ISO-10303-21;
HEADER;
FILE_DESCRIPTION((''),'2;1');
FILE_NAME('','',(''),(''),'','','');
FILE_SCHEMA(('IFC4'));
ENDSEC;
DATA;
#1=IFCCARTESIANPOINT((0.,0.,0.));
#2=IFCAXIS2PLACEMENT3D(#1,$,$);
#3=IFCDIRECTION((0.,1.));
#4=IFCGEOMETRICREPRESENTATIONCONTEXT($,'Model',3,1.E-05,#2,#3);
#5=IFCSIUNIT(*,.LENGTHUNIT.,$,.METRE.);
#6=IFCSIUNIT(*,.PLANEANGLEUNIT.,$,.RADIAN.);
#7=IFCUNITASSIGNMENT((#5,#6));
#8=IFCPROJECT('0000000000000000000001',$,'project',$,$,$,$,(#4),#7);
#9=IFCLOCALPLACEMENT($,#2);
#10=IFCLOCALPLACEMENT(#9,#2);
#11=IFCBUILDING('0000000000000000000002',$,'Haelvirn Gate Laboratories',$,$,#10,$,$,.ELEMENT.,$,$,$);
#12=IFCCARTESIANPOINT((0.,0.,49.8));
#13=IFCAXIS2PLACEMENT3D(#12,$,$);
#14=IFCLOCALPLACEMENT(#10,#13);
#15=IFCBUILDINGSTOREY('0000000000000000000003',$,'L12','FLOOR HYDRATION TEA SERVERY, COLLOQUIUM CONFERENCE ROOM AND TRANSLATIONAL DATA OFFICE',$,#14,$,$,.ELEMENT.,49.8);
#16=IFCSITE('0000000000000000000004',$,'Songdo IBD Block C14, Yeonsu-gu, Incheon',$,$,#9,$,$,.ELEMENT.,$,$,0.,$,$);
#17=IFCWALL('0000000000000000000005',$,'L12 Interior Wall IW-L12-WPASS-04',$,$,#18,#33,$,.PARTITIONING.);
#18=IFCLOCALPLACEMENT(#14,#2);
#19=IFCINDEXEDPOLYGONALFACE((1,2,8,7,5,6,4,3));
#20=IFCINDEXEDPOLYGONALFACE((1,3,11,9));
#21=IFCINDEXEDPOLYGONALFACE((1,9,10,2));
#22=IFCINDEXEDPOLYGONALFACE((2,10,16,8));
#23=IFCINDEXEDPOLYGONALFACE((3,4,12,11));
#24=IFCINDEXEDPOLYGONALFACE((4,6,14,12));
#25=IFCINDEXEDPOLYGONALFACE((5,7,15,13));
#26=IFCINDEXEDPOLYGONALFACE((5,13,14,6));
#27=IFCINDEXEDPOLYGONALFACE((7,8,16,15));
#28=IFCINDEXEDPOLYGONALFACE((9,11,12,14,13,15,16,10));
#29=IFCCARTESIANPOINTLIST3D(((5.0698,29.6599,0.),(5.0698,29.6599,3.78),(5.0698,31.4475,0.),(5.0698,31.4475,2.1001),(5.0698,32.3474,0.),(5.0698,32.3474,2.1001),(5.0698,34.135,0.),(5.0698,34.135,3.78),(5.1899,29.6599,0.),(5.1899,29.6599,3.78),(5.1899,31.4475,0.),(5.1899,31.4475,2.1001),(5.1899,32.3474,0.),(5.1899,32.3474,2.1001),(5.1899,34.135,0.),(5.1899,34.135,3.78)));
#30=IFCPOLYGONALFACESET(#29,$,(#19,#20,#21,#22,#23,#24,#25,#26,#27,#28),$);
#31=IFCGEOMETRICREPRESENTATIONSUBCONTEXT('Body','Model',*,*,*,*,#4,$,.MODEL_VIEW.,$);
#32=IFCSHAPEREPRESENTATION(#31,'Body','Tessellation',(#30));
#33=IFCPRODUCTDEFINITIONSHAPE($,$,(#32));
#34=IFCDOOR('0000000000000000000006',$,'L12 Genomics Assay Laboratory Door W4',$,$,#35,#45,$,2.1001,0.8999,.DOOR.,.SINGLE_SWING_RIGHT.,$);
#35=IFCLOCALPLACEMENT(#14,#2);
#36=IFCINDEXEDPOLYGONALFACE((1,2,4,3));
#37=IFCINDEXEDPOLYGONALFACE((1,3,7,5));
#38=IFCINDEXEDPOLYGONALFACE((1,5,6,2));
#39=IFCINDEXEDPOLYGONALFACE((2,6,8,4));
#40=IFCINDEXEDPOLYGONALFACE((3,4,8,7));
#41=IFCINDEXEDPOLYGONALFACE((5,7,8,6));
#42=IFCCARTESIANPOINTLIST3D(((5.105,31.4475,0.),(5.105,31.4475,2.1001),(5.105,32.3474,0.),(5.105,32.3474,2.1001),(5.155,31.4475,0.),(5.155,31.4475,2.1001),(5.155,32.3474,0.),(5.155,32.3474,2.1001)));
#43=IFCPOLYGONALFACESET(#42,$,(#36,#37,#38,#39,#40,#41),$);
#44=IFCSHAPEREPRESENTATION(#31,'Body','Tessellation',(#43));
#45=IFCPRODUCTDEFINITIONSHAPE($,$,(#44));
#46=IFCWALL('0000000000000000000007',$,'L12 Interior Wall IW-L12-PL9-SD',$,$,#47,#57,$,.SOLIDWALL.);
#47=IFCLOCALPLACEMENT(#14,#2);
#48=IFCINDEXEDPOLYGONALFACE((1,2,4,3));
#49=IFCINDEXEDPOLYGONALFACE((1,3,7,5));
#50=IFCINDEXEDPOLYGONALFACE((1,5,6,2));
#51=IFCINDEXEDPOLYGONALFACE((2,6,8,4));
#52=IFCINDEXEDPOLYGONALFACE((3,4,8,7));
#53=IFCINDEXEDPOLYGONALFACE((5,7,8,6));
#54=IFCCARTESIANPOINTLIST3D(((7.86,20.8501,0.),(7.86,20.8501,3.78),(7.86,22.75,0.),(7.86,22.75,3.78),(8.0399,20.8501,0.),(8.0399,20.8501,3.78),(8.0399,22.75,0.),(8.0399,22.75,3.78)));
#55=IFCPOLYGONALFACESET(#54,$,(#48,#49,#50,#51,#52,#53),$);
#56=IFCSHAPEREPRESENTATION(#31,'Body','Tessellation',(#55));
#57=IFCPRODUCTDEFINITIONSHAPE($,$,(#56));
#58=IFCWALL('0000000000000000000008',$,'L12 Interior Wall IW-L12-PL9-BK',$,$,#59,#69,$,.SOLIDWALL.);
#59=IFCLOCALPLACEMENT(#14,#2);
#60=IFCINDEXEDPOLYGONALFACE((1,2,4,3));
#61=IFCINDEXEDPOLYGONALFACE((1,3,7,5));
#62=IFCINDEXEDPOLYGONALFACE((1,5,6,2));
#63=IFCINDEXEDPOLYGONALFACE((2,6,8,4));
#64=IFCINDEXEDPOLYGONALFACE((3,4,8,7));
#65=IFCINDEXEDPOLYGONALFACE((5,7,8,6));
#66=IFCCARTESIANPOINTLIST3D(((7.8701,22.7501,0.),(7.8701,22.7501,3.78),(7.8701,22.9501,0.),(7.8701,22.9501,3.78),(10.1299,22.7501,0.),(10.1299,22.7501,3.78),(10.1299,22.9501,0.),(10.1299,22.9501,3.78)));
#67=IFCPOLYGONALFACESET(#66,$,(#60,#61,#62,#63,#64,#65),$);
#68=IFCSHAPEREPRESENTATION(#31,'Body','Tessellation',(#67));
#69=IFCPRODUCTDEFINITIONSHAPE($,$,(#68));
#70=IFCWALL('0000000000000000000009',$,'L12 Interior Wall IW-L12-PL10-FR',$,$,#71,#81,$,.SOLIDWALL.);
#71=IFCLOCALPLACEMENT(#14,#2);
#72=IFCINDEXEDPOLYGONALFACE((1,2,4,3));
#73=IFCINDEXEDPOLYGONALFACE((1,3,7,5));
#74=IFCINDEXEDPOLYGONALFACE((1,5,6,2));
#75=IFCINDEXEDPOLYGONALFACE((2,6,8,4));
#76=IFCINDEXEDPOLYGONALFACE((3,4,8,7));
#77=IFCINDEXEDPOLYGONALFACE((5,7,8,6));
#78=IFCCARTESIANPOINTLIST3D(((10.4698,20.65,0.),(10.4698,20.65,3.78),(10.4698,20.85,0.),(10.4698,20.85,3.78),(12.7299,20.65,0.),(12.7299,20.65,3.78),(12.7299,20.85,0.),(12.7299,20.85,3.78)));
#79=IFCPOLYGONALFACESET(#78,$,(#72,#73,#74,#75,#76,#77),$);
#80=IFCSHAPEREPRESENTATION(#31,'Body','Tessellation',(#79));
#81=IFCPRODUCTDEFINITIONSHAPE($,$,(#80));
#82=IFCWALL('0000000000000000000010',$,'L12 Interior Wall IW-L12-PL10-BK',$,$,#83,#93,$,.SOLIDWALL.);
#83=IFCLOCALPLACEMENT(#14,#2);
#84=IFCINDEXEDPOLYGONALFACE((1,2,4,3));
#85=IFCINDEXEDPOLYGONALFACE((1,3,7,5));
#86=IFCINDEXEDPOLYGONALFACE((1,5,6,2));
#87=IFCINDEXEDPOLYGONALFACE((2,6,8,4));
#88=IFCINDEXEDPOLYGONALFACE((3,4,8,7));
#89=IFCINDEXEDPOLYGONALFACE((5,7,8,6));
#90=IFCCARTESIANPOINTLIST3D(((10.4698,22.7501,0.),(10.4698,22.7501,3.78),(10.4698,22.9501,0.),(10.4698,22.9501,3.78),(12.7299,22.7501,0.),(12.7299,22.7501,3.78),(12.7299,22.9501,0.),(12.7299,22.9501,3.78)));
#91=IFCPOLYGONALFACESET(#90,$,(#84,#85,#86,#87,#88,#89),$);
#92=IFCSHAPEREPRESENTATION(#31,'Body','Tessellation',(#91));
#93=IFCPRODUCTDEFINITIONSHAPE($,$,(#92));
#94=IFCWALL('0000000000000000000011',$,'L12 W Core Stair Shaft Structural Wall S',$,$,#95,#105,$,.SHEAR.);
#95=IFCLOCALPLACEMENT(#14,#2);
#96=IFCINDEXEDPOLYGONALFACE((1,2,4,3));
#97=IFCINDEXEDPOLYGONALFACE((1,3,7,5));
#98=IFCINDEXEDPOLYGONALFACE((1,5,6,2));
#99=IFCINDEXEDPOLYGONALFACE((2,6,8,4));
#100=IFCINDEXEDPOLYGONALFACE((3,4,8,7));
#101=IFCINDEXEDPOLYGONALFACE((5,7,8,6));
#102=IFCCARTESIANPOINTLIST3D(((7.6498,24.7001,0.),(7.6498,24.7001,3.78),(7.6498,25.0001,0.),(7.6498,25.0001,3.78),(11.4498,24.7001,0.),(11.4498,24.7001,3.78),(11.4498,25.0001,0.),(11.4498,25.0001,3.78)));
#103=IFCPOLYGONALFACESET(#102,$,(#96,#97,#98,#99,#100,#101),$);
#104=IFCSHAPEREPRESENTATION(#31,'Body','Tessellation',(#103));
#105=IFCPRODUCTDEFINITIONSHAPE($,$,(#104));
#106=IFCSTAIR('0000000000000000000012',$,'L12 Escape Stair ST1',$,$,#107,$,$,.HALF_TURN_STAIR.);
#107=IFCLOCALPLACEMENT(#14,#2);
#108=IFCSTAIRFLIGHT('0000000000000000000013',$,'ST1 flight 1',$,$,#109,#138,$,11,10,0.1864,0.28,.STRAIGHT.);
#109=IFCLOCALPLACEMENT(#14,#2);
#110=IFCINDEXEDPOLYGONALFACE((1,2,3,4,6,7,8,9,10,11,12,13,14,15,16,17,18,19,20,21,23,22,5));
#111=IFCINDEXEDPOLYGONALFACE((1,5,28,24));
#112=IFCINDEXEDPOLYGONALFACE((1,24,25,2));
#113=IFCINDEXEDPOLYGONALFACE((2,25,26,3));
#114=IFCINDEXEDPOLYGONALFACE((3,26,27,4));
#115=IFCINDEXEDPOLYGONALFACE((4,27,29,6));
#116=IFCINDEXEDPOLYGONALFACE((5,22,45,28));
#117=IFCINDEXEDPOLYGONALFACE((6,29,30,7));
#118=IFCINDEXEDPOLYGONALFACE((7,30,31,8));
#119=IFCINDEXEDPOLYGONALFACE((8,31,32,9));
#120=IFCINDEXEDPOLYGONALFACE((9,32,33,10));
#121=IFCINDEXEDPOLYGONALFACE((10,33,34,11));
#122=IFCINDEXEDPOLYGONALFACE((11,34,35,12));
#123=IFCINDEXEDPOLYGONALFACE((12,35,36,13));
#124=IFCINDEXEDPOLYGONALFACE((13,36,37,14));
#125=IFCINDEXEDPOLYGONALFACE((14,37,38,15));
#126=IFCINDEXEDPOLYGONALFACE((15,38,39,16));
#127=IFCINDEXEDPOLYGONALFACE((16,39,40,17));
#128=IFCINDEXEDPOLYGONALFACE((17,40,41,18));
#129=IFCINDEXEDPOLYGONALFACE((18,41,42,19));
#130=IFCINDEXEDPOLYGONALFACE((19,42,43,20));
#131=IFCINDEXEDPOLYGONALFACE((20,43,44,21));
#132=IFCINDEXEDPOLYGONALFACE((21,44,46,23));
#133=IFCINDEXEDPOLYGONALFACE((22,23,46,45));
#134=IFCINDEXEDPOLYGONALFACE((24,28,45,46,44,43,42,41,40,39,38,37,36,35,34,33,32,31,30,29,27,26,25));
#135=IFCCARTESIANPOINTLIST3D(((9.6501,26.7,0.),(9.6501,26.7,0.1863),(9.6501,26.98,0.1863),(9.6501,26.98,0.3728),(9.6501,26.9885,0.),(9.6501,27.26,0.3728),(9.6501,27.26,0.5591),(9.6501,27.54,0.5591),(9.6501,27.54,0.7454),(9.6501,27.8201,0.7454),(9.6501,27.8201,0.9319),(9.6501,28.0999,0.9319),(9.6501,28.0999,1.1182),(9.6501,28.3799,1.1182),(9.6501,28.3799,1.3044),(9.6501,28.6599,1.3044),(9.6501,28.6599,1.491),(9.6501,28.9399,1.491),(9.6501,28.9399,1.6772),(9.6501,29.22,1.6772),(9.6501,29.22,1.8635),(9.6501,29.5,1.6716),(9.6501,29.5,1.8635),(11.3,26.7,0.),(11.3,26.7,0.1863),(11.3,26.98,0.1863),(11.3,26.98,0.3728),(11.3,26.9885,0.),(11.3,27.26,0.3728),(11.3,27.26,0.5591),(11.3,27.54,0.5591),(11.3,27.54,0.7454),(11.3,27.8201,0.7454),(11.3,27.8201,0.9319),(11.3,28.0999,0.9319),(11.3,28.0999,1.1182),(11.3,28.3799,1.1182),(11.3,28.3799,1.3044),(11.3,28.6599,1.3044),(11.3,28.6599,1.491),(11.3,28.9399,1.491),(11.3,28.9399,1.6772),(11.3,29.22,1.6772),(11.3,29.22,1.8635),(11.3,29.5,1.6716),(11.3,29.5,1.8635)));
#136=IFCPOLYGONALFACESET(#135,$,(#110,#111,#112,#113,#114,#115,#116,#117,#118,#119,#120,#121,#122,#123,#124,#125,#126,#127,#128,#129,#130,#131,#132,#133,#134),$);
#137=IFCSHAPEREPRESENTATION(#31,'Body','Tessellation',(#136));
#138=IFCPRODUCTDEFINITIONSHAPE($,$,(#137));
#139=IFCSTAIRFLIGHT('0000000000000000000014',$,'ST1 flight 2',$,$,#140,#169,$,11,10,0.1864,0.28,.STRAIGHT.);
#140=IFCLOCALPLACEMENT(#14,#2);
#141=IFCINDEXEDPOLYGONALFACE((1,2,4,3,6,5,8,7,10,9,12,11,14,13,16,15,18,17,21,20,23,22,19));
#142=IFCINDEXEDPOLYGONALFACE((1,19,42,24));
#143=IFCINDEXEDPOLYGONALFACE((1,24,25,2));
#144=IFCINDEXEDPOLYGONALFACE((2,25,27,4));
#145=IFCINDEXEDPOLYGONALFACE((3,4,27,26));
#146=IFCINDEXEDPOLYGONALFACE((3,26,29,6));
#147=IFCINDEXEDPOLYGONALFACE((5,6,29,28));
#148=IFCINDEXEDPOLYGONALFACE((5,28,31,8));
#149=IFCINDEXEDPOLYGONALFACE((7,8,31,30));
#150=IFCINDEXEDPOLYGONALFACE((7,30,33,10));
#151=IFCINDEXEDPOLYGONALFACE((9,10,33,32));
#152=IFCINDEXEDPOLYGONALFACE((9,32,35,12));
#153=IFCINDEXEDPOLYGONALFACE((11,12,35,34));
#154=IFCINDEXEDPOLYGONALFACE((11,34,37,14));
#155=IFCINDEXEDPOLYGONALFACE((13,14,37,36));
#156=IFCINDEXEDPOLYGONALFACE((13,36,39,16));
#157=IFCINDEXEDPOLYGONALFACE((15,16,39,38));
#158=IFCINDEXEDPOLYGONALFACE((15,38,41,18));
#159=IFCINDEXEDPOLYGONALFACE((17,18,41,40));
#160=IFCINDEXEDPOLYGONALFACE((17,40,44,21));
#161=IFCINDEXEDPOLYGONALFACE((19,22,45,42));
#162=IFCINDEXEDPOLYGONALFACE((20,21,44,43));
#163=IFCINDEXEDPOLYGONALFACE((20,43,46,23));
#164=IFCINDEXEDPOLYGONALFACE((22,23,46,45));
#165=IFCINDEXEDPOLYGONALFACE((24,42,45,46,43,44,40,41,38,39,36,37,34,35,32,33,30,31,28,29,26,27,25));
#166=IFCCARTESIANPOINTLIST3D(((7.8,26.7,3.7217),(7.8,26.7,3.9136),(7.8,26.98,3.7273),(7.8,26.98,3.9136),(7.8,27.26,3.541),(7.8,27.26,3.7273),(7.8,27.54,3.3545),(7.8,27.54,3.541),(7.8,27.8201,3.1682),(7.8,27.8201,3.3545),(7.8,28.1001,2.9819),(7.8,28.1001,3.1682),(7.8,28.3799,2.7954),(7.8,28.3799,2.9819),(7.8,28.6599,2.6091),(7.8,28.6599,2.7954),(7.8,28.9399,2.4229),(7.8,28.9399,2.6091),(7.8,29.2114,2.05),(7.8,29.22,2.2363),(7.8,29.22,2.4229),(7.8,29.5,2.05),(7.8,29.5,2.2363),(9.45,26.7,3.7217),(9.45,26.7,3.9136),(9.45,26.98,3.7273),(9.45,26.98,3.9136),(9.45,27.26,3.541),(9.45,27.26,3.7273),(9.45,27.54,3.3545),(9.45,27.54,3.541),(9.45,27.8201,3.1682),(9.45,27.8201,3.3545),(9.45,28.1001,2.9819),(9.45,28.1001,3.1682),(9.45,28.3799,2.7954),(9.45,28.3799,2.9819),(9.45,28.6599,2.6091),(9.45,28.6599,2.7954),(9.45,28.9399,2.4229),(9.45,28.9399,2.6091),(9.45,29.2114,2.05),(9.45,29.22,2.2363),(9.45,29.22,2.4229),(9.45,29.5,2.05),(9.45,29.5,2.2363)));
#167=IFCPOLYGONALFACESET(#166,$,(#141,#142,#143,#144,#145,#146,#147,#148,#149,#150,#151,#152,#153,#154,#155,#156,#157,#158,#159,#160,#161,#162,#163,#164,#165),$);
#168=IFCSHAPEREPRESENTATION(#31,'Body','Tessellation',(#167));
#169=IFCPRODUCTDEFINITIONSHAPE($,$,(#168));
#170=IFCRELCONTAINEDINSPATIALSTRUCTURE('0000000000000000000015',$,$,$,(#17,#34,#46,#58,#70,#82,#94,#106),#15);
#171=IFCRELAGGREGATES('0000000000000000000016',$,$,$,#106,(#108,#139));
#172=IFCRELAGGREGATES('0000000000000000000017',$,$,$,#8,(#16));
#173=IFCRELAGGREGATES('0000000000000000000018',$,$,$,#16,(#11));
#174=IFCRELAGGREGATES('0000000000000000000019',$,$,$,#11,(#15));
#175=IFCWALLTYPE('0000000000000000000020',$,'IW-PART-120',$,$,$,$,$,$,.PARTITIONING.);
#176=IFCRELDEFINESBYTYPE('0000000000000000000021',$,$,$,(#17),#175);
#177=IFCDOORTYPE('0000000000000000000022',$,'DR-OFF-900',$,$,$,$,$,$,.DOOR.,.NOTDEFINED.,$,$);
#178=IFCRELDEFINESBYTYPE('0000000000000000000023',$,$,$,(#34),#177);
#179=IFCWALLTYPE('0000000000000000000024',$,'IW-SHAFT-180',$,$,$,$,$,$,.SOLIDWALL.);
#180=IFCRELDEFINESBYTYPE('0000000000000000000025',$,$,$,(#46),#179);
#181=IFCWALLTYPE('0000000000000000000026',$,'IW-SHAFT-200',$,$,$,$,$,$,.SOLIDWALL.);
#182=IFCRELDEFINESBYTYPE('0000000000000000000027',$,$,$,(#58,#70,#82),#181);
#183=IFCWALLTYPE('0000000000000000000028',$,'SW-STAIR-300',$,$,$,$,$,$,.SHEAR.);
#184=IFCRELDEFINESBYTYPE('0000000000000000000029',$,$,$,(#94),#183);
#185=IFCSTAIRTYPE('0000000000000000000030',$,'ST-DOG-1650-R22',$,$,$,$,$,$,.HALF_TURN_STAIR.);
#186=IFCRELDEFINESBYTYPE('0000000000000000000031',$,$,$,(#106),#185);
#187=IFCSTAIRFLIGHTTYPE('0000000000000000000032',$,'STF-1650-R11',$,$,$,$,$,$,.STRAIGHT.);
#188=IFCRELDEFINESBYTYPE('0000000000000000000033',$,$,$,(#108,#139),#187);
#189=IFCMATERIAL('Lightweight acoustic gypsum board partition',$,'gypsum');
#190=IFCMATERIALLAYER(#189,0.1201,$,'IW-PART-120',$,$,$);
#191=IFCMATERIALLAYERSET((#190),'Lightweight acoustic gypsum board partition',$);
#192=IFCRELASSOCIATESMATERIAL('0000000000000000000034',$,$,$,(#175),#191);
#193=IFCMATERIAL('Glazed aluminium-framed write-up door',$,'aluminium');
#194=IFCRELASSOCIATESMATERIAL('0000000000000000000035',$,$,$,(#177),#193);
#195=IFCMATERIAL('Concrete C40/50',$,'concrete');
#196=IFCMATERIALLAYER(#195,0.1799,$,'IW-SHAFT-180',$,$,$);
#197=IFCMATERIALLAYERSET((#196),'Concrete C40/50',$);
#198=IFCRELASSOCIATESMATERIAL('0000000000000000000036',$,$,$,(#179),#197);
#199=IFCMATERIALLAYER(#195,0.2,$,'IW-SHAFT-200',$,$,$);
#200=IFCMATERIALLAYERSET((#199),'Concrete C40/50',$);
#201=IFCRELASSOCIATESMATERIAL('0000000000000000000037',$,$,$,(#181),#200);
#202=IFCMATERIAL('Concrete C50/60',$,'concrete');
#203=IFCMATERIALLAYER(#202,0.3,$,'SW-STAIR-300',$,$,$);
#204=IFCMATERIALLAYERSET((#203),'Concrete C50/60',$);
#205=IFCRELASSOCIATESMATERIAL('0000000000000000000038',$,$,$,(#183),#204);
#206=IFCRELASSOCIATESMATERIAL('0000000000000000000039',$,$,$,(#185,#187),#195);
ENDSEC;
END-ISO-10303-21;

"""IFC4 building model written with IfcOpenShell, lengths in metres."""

from ifc_helpers import new_model, si_unit, direction, frame, frame_2d, origin, place, context, subcontext, project, spatial, polyline, rectangle, outline, extrude, source, transform, mapped, material, layer, layer_set, type_object, type_shapes, element, fill, aggregate, save


model = new_model("IFC4")

# Units and contexts
model_context = context("Model", 3, precision=1e-05, world=origin(), true_north=direction((0.0, 1.0)))
body_context = subcontext(model_context, "Body", "Model", "MODEL_VIEW")
ifc_project = project(units=[si_unit("LENGTHUNIT", "METRE"), si_unit("PLANEANGLEUNIT", "RADIAN")], contexts=[model_context])

# Site, building, storey
site_placement = place(None, origin())
site = spatial("IfcSite", under=ifc_project, at=site_placement, Name="Songdo IBD Block C14, Yeonsu-gu, Incheon", CompositionType="ELEMENT", RefElevation=0.0)
building_placement = place(site_placement, origin())
building = spatial("IfcBuilding", under=site, at=building_placement, Name="Haelvirn Gate Laboratories", CompositionType="ELEMENT")
storey_placement = place(building_placement, frame((0.0, 0.0, 49.8)))
storey = spatial("IfcBuildingStorey", under=building, at=storey_placement, Name="L12", Description="FLOOR HYDRATION TEA SERVERY, COLLOQUIUM CONFERENCE ROOM AND TRANSLATIONAL DATA OFFICE", CompositionType="ELEMENT", Elevation=49.8)

# Shared definitions
ifc_material_1 = material(Name="Lightweight acoustic gypsum board partition", Category="gypsum")
ifc_layer_1 = layer(ifc_material_1, 0.1201, Name="IW-PART-120")
ifc_layer_set_1 = layer_set([ifc_layer_1], Name="Lightweight acoustic gypsum board partition")
wall_type_1 = type_object("IfcWallType", Name="IW-PART-120", PredefinedType="PARTITIONING", material=ifc_layer_set_1)

# Shared definitions
ifc_material_2 = material(Name="Glazed aluminium-framed write-up door", Category="aluminium")
door_type = type_object("IfcDoorType", Name="DR-OFF-900", OperationType="NOTDEFINED", PredefinedType="DOOR", material=ifc_material_2)
shared_shape_1 = source(origin(), body_context, "Body", "SweptSolid", [
    extrude(rectangle(XDim=0.8999, YDim=2.1001, at=frame_2d((0.45, 1.05))), frame((0.0, 0.0249, 0.0), z_axis=(0.0, -1.0, 0.0), x_axis=(1.0, 0.0, 0.0)), (0.0, 0.0, 1.0), 0.05),
])
type_shapes(door_type, [shared_shape_1])

# Wall, opening, door
wall_1_placement = place(storey_placement, frame((5.1299, 29.6599, 0.0), z_axis=(0.0, 0.0, 1.0), x_axis=(0.0, 1.0, 0.0)))
wall_1 = element("IfcWall", 1, at=wall_1_placement, inside=storey, type_object=wall_type_1, Name="L12 Interior Wall IW-L12-WPASS-04", PredefinedType="PARTITIONING", context=body_context, shape_type="SweptSolid", body=[
    extrude(rectangle(XDim=4.4751, YDim=0.1201, at=frame_2d((2.2375, 0.0))), origin(), (0.0, 0.0, 1.0), 3.78),
])
opening_1_placement = place(wall_1_placement, frame((1.7876, 0.0, 0.0)))
opening_1 = element("IfcOpeningElement", 2, at=opening_1_placement, cuts=wall_1, PredefinedType="OPENING", context=body_context, shape_type="SweptSolid", body=[
    extrude(rectangle(XDim=0.8999, YDim=2.1001, at=frame_2d((0.45, 1.05))), frame((0.0, 0.0701, 0.0), z_axis=(0.0, -1.0, 0.0), x_axis=(1.0, 0.0, 0.0)), (0.0, 0.0, 1.0), 0.1401),
])
door_1_placement = place(opening_1_placement, origin())
door_1 = element("IfcDoor", 3, at=door_1_placement, inside=storey, type_object=door_type, Name="L12 Genomics Assay Laboratory Door W4", OperationType="SINGLE_SWING_RIGHT", OverallHeight=2.1001, OverallWidth=0.8999, PredefinedType="DOOR", context=body_context, shape_type="MappedRepresentation", body=[
    mapped(shared_shape_1, transform((0.0, 0.0, 0.0), scale=1.0)),
])
fill(opening_1, door_1)

# Walls
ifc_material_3 = material(Name="Concrete C40/50", Category="concrete")
ifc_layer_2 = layer(ifc_material_3, 0.1799, Name="IW-SHAFT-180")
ifc_layer_set_2 = layer_set([ifc_layer_2], Name="Concrete C40/50")
wall_type_2 = type_object("IfcWallType", Name="IW-SHAFT-180", PredefinedType="SOLIDWALL", material=ifc_layer_set_2)
wall_2_placement = place(storey_placement, frame((7.95, 20.8501, 0.0), z_axis=(0.0, 0.0, 1.0), x_axis=(0.0, 1.0, 0.0)))
element("IfcWall", 4, at=wall_2_placement, inside=storey, type_object=wall_type_2, Name="L12 Interior Wall IW-L12-PL9-SD", PredefinedType="SOLIDWALL", context=body_context, shape_type="SweptSolid", body=[
    extrude(rectangle(XDim=1.8999, YDim=0.1799, at=frame_2d((0.95, 0.0))), origin(), (0.0, 0.0, 1.0), 3.78),
])
ifc_layer_3 = layer(ifc_material_3, 0.2, Name="IW-SHAFT-200")
ifc_layer_set_3 = layer_set([ifc_layer_3], Name="Concrete C40/50")
wall_type_3 = type_object("IfcWallType", Name="IW-SHAFT-200", PredefinedType="SOLIDWALL", material=ifc_layer_set_3)
wall_3_placement = place(storey_placement, frame((7.8701, 22.8501, 0.0), z_axis=(0.0, 0.0, 1.0), x_axis=(1.0, 0.0, 0.0)))
element("IfcWall", 5, at=wall_3_placement, inside=storey, type_object=wall_type_3, Name="L12 Interior Wall IW-L12-PL9-BK", PredefinedType="SOLIDWALL", context=body_context, shape_type="SweptSolid", body=[
    extrude(rectangle(XDim=2.2598, YDim=0.2, at=frame_2d((1.1299, 0.0))), origin(), (0.0, 0.0, 1.0), 3.78),
])
for number, where, z_axis, x_axis, name in (
    (6, (10.47, 20.75, 0.0), (0.0, 0.0, 1.0), (1.0, 0.0, 0.0), "L12 Interior Wall IW-L12-PL10-FR"),
    (7, (10.47, 22.8501, 0.0), (0.0, 0.0, 1.0), (1.0, 0.0, 0.0), "L12 Interior Wall IW-L12-PL10-BK"),
):
    element("IfcWall", number, at=place(storey_placement, frame(where, z_axis=z_axis, x_axis=x_axis)), inside=storey, type_object=wall_type_3, Name=name, PredefinedType="SOLIDWALL", context=body_context, shape_type="SweptSolid", body=[
        extrude(rectangle(XDim=2.26, YDim=0.2, at=frame_2d((1.1299, 0.0))), origin(), (0.0, 0.0, 1.0), 3.78),
    ])
ifc_material_4 = material(Name="Concrete C50/60", Category="concrete")
ifc_layer_4 = layer(ifc_material_4, 0.3, Name="SW-STAIR-300")
ifc_layer_set_4 = layer_set([ifc_layer_4], Name="Concrete C50/60")
wall_type_4 = type_object("IfcWallType", Name="SW-STAIR-300", PredefinedType="SHEAR", material=ifc_layer_set_4)
wall_4_placement = place(storey_placement, frame((7.6499, 24.8501, 0.0), z_axis=(0.0, 0.0, 1.0), x_axis=(1.0, 0.0, 0.0)))
element("IfcWall", 8, at=wall_4_placement, inside=storey, type_object=wall_type_4, Name="L12 W Core Stair Shaft Structural Wall S", PredefinedType="SHEAR", context=body_context, shape_type="SweptSolid", body=[
    extrude(rectangle(XDim=3.8, YDim=0.3, at=frame_2d((1.8999, 0.0))), origin(), (0.0, 0.0, 1.0), 3.78),
])

# Stair, stair flights
stair_type = type_object("IfcStairType", Name="ST-DOG-1650-R22", PredefinedType="HALF_TURN_STAIR", material=ifc_material_3)
stair_placement = place(storey_placement, origin())
stair = element("IfcStair", 9, at=stair_placement, inside=storey, type_object=stair_type, Name="L12 Escape Stair ST1", PredefinedType="HALF_TURN_STAIR")
stair_flight_type = type_object("IfcStairFlightType", Name="STF-1650-R11", PredefinedType="STRAIGHT", material=ifc_material_3)
shared_shape_2 = source(origin(), body_context, "Body", "SweptSolid", [
    extrude(outline(polyline([(0.0, 0.0), (0.0, 0.1863), (0.28, 0.1863), (0.28, 0.3728), (0.5601, 0.3728), (0.5601, 0.5591), (0.8401, 0.5591), (0.8401, 0.7454), (1.1201, 0.7454), (1.1201, 0.9319), (1.3999, 0.9319), (1.3999, 1.1182), (1.6799, 1.1182), (1.6799, 1.3044), (1.96, 1.3044), (1.96, 1.491), (2.24, 1.491), (2.24, 1.6772), (2.52, 1.6772), (2.52, 1.8635), (2.8, 1.8635), (2.8, 2.05), (2.8, 1.6716), (0.2886, 0.0), (0.0, 0.0)])), frame((0.0, 0.825, 0.0), z_axis=(0.0, -1.0, 0.0), x_axis=(1.0, 0.0, 0.0)), (0.0, 0.0, 1.0), 1.6499),
])
type_shapes(stair_flight_type, [shared_shape_2])
stair_flight_1_placement = place(storey_placement, frame((10.4751, 26.7, 0.0), z_axis=(0.0, 0.0, 1.0), x_axis=(0.0, 1.0, 0.0)))
stair_flight_1 = element("IfcStairFlight", 10, at=stair_flight_1_placement, type_object=stair_flight_type, Name="ST1 flight 1", NumberOfRisers=11, NumberOfTreads=10, PredefinedType="STRAIGHT", RiserHeight=0.1864, TreadLength=0.28, context=body_context, shape_type="MappedRepresentation", body=[
    mapped(shared_shape_2, transform((0.0, 0.0, 0.0), scale=1.0)),
])
stair_flight_2_placement = place(storey_placement, frame((8.625, 29.5, 2.05), z_axis=(0.0, 0.0, 1.0), x_axis=(0.0, -1.0, 0.0)))
stair_flight_2 = element("IfcStairFlight", 11, at=stair_flight_2_placement, type_object=stair_flight_type, Name="ST1 flight 2", NumberOfRisers=11, NumberOfTreads=10, PredefinedType="STRAIGHT", RiserHeight=0.1864, TreadLength=0.28, context=body_context, shape_type="MappedRepresentation", body=[
    mapped(shared_shape_2, transform((0.0, 0.0, 0.0), scale=1.0)),
])
aggregate(stair, [stair_flight_1, stair_flight_2])

save(model, "model.ifc")
